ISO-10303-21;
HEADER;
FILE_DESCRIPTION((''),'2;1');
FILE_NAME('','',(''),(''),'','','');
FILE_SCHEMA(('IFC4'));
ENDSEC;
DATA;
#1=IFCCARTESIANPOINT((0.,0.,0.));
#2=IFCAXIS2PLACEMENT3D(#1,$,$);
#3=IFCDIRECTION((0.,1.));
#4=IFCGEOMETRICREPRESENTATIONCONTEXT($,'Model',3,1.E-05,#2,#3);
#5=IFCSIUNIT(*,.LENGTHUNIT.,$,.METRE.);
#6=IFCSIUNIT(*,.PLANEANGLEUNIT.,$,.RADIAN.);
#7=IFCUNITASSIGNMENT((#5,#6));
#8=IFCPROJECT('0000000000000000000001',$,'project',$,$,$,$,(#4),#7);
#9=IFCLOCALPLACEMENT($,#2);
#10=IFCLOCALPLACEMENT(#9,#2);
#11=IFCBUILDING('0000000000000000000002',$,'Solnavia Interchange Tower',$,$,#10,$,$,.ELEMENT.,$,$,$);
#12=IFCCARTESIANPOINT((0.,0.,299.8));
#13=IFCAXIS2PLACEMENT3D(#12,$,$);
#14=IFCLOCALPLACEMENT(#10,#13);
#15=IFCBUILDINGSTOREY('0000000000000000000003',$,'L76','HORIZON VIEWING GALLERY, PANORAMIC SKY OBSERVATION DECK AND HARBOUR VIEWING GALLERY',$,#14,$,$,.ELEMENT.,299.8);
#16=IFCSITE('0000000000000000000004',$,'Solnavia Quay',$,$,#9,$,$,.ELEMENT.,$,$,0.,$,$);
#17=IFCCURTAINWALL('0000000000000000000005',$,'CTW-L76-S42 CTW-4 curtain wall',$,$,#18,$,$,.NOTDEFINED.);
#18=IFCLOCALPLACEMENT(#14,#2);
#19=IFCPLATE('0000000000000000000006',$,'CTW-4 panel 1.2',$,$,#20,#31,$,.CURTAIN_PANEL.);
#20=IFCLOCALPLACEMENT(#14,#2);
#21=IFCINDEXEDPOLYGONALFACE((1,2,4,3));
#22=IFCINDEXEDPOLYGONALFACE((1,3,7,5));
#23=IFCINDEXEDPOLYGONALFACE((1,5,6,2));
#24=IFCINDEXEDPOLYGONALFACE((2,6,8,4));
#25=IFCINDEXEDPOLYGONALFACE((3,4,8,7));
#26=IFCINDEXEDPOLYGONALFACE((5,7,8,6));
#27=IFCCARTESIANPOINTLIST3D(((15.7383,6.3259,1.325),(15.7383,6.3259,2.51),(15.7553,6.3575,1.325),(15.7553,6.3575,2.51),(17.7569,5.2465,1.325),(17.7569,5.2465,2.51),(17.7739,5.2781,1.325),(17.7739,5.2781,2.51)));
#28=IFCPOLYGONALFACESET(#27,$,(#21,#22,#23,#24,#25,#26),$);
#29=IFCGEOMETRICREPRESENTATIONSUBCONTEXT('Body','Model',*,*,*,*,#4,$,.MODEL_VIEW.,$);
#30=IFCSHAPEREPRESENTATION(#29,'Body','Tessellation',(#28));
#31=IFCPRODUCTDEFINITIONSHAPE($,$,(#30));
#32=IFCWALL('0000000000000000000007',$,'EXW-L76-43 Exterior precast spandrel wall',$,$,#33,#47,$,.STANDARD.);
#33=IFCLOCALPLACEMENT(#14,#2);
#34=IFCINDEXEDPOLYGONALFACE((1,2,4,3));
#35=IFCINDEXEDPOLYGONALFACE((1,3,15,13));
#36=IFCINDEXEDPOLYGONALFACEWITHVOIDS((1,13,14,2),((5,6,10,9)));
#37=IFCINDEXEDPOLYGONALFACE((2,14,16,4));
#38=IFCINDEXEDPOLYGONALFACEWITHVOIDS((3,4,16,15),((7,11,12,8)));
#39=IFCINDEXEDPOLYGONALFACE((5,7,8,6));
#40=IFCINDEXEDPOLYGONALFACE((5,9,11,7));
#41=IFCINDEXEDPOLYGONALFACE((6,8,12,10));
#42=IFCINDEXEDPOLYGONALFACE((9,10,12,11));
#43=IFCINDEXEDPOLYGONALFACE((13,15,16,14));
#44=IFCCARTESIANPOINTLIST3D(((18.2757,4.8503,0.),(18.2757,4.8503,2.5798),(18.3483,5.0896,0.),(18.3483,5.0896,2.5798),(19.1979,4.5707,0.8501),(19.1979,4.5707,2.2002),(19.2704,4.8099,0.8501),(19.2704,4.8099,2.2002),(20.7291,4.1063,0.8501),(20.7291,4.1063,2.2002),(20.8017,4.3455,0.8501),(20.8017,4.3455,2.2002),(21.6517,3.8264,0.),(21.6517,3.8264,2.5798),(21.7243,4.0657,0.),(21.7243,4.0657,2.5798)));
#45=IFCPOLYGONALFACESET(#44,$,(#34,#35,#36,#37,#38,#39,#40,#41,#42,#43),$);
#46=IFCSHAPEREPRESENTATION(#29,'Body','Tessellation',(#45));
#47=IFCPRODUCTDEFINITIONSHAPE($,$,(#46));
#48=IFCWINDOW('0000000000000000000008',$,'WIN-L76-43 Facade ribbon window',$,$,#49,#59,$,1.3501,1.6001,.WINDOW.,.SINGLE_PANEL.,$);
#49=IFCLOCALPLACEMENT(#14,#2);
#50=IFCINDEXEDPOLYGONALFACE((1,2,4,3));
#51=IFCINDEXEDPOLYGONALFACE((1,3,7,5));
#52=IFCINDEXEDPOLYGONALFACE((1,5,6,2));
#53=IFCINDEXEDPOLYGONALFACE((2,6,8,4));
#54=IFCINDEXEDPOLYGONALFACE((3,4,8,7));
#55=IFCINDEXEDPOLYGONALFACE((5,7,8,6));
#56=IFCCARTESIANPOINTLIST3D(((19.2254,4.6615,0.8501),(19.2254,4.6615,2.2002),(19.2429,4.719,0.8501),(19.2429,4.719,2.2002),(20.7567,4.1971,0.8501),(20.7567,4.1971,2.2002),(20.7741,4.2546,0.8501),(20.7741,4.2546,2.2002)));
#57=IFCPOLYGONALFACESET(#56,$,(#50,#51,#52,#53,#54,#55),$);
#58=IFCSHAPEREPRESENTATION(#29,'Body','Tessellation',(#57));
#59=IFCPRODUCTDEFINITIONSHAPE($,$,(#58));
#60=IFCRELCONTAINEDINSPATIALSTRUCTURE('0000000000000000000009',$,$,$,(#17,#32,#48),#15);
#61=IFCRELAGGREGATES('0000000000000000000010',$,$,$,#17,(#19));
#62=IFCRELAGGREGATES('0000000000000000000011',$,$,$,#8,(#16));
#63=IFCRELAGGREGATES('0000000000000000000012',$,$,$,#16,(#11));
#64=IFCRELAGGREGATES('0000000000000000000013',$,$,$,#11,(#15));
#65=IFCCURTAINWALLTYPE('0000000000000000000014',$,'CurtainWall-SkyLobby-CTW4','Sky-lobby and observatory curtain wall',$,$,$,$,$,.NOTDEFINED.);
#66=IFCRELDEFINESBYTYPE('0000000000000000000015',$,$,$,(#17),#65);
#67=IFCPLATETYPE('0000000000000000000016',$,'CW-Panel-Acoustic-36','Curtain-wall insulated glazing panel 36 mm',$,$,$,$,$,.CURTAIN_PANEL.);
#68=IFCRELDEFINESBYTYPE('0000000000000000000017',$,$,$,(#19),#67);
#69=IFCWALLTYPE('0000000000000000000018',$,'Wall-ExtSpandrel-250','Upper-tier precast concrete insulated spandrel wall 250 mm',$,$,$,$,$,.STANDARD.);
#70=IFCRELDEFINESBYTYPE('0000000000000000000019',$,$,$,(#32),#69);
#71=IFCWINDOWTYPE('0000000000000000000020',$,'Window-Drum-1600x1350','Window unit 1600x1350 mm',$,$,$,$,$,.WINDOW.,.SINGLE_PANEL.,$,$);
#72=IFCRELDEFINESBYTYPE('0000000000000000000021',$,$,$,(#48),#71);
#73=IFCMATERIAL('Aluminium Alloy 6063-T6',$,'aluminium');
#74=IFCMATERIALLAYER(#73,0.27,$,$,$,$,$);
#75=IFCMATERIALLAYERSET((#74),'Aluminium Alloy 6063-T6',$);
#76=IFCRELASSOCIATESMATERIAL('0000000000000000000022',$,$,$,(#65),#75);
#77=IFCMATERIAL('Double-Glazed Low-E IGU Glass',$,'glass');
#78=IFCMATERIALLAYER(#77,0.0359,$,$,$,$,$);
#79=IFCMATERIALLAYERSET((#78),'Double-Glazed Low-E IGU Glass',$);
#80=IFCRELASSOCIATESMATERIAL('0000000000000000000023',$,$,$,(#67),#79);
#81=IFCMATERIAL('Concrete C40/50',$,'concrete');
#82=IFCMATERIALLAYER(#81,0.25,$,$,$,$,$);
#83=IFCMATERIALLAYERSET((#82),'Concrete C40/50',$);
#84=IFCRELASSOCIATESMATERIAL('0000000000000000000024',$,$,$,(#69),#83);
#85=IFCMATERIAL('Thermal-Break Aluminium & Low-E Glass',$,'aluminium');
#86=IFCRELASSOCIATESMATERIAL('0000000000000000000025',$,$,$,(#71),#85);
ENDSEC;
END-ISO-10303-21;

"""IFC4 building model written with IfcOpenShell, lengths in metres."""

from ifc_helpers import new_model, si_unit, direction, frame, frame_2d, origin, origin_2d, place, context, subcontext, project, spatial, rectangle, extrude, material, layer, layer_set, type_object, element, fill, aggregate, save


model = new_model("IFC4")

# Units and contexts
model_context = context("Model", 3, precision=1e-05, world=origin(), true_north=direction((0.0, 1.0)))
body_context = subcontext(model_context, "Body", "Model", "MODEL_VIEW")
ifc_project = project(units=[si_unit("LENGTHUNIT", "METRE"), si_unit("PLANEANGLEUNIT", "RADIAN")], contexts=[model_context])

# Site, building, storey
site_placement = place(None, origin())
site = spatial("IfcSite", under=ifc_project, at=site_placement, Name="Solnavia Quay", CompositionType="ELEMENT", RefElevation=0.0)
building_placement = place(site_placement, origin())
building = spatial("IfcBuilding", under=site, at=building_placement, Name="Solnavia Interchange Tower", CompositionType="ELEMENT")
storey_placement = place(building_placement, frame((0.0, 0.0, 299.8)))
storey = spatial("IfcBuildingStorey", under=building, at=storey_placement, Name="L76", Description="HORIZON VIEWING GALLERY, PANORAMIC SKY OBSERVATION DECK AND HARBOUR VIEWING GALLERY", CompositionType="ELEMENT", Elevation=299.8)

# Curtain wall
ifc_material_1 = material(Name="Aluminium Alloy 6063-T6", Category="aluminium")
ifc_layer_1 = layer(ifc_material_1, 0.27)
ifc_layer_set_1 = layer_set([ifc_layer_1], Name="Aluminium Alloy 6063-T6")
curtain_wall_type = type_object("IfcCurtainWallType", Name="CurtainWall-SkyLobby-CTW4", Description="Sky-lobby and observatory curtain wall", PredefinedType="NOTDEFINED", material=ifc_layer_set_1)
curtain_wall_1_placement = place(storey_placement, origin())
curtain_wall_1 = element("IfcCurtainWall", 1, at=curtain_wall_1_placement, inside=storey, type_object=curtain_wall_type, Name="CTW-L76-S42 CTW-4 curtain wall", PredefinedType="NOTDEFINED")

# Plate
ifc_material_2 = material(Name="Double-Glazed Low-E IGU Glass", Category="glass")
ifc_layer_2 = layer(ifc_material_2, 0.0359)
ifc_layer_set_2 = layer_set([ifc_layer_2], Name="Double-Glazed Low-E IGU Glass")
plate_type = type_object("IfcPlateType", Name="CW-Panel-Acoustic-36", Description="Curtain-wall insulated glazing panel 36 mm", PredefinedType="CURTAIN_PANEL", material=ifc_layer_set_2)
plate_1_placement = place(storey_placement, frame((16.7561, 5.802, 1.325), z_axis=(0.0, 0.0, 1.0), x_axis=(0.881842, -0.471546, 0.0)))
plate_1 = element("IfcPlate", 2, at=plate_1_placement, type_object=plate_type, Name="CTW-4 panel 1.2", PredefinedType="CURTAIN_PANEL", context=body_context, shape_type="SweptSolid", body=[
    extrude(rectangle(XDim=2.2891, YDim=0.0359, at=origin_2d()), origin(), (0.0, 0.0, 1.0), 1.1851),
])
aggregate(curtain_wall_1, [plate_1])

# Wall, opening, window
ifc_material_3 = material(Name="Concrete C40/50", Category="concrete")
ifc_layer_3 = layer(ifc_material_3, 0.25)
ifc_layer_set_3 = layer_set([ifc_layer_3], Name="Concrete C40/50")
wall_type = type_object("IfcWallType", Name="Wall-ExtSpandrel-250", Description="Upper-tier precast concrete insulated spandrel wall 250 mm", PredefinedType="STANDARD", material=ifc_layer_set_3)
wall_placement = place(storey_placement, frame((21.688, 3.946, 0.0), z_axis=(0.0, 0.0, 1.0), x_axis=(-0.956953, 0.290242, 0.0)))
wall = element("IfcWall", 3, at=wall_placement, inside=storey, type_object=wall_type, Name="EXW-L76-43 Exterior precast spandrel wall", PredefinedType="STANDARD", context=body_context, shape_type="SweptSolid", body=[
    extrude(rectangle(XDim=3.5278, YDim=0.25, at=frame_2d((1.7639, 0.0))), origin(), (0.0, 0.0, 1.0), 2.5798),
])
opening_placement = place(wall_placement, frame((0.9641, 0.0, 0.8501)))
opening = element("IfcOpeningElement", 4, at=opening_placement, cuts=wall, PredefinedType="OPENING", context=body_context, shape_type="SweptSolid", body=[
    extrude(rectangle(XDim=1.6001, YDim=1.3501, at=frame_2d((0.8, 0.675))), frame((0.0, 0.135, 0.0), z_axis=(0.0, -1.0, 0.0), x_axis=(1.0, 0.0, 0.0)), (0.0, 0.0, 1.0), 0.27),
])
ifc_material_4 = material(Name="Thermal-Break Aluminium & Low-E Glass", Category="aluminium")
window_type = type_object("IfcWindowType", Name="Window-Drum-1600x1350", Description="Window unit 1600x1350 mm", PartitioningType="SINGLE_PANEL", PredefinedType="WINDOW", material=ifc_material_4)
window_placement = place(opening_placement, origin())
window = element("IfcWindow", 5, at=window_placement, inside=storey, type_object=window_type, Name="WIN-L76-43 Facade ribbon window", OverallHeight=1.3501, OverallWidth=1.6001, PartitioningType="SINGLE_PANEL", PredefinedType="WINDOW", context=body_context, shape_type="SweptSolid", body=[
    extrude(rectangle(XDim=1.6001, YDim=1.3501, at=frame_2d((0.8, 0.675))), frame((0.0, 0.03, 0.0), z_axis=(0.0, -1.0, 0.0), x_axis=(1.0, 0.0, 0.0)), (0.0, 0.0, 1.0), 0.0601),
])
fill(opening, window)

save(model, "model.ifc")
